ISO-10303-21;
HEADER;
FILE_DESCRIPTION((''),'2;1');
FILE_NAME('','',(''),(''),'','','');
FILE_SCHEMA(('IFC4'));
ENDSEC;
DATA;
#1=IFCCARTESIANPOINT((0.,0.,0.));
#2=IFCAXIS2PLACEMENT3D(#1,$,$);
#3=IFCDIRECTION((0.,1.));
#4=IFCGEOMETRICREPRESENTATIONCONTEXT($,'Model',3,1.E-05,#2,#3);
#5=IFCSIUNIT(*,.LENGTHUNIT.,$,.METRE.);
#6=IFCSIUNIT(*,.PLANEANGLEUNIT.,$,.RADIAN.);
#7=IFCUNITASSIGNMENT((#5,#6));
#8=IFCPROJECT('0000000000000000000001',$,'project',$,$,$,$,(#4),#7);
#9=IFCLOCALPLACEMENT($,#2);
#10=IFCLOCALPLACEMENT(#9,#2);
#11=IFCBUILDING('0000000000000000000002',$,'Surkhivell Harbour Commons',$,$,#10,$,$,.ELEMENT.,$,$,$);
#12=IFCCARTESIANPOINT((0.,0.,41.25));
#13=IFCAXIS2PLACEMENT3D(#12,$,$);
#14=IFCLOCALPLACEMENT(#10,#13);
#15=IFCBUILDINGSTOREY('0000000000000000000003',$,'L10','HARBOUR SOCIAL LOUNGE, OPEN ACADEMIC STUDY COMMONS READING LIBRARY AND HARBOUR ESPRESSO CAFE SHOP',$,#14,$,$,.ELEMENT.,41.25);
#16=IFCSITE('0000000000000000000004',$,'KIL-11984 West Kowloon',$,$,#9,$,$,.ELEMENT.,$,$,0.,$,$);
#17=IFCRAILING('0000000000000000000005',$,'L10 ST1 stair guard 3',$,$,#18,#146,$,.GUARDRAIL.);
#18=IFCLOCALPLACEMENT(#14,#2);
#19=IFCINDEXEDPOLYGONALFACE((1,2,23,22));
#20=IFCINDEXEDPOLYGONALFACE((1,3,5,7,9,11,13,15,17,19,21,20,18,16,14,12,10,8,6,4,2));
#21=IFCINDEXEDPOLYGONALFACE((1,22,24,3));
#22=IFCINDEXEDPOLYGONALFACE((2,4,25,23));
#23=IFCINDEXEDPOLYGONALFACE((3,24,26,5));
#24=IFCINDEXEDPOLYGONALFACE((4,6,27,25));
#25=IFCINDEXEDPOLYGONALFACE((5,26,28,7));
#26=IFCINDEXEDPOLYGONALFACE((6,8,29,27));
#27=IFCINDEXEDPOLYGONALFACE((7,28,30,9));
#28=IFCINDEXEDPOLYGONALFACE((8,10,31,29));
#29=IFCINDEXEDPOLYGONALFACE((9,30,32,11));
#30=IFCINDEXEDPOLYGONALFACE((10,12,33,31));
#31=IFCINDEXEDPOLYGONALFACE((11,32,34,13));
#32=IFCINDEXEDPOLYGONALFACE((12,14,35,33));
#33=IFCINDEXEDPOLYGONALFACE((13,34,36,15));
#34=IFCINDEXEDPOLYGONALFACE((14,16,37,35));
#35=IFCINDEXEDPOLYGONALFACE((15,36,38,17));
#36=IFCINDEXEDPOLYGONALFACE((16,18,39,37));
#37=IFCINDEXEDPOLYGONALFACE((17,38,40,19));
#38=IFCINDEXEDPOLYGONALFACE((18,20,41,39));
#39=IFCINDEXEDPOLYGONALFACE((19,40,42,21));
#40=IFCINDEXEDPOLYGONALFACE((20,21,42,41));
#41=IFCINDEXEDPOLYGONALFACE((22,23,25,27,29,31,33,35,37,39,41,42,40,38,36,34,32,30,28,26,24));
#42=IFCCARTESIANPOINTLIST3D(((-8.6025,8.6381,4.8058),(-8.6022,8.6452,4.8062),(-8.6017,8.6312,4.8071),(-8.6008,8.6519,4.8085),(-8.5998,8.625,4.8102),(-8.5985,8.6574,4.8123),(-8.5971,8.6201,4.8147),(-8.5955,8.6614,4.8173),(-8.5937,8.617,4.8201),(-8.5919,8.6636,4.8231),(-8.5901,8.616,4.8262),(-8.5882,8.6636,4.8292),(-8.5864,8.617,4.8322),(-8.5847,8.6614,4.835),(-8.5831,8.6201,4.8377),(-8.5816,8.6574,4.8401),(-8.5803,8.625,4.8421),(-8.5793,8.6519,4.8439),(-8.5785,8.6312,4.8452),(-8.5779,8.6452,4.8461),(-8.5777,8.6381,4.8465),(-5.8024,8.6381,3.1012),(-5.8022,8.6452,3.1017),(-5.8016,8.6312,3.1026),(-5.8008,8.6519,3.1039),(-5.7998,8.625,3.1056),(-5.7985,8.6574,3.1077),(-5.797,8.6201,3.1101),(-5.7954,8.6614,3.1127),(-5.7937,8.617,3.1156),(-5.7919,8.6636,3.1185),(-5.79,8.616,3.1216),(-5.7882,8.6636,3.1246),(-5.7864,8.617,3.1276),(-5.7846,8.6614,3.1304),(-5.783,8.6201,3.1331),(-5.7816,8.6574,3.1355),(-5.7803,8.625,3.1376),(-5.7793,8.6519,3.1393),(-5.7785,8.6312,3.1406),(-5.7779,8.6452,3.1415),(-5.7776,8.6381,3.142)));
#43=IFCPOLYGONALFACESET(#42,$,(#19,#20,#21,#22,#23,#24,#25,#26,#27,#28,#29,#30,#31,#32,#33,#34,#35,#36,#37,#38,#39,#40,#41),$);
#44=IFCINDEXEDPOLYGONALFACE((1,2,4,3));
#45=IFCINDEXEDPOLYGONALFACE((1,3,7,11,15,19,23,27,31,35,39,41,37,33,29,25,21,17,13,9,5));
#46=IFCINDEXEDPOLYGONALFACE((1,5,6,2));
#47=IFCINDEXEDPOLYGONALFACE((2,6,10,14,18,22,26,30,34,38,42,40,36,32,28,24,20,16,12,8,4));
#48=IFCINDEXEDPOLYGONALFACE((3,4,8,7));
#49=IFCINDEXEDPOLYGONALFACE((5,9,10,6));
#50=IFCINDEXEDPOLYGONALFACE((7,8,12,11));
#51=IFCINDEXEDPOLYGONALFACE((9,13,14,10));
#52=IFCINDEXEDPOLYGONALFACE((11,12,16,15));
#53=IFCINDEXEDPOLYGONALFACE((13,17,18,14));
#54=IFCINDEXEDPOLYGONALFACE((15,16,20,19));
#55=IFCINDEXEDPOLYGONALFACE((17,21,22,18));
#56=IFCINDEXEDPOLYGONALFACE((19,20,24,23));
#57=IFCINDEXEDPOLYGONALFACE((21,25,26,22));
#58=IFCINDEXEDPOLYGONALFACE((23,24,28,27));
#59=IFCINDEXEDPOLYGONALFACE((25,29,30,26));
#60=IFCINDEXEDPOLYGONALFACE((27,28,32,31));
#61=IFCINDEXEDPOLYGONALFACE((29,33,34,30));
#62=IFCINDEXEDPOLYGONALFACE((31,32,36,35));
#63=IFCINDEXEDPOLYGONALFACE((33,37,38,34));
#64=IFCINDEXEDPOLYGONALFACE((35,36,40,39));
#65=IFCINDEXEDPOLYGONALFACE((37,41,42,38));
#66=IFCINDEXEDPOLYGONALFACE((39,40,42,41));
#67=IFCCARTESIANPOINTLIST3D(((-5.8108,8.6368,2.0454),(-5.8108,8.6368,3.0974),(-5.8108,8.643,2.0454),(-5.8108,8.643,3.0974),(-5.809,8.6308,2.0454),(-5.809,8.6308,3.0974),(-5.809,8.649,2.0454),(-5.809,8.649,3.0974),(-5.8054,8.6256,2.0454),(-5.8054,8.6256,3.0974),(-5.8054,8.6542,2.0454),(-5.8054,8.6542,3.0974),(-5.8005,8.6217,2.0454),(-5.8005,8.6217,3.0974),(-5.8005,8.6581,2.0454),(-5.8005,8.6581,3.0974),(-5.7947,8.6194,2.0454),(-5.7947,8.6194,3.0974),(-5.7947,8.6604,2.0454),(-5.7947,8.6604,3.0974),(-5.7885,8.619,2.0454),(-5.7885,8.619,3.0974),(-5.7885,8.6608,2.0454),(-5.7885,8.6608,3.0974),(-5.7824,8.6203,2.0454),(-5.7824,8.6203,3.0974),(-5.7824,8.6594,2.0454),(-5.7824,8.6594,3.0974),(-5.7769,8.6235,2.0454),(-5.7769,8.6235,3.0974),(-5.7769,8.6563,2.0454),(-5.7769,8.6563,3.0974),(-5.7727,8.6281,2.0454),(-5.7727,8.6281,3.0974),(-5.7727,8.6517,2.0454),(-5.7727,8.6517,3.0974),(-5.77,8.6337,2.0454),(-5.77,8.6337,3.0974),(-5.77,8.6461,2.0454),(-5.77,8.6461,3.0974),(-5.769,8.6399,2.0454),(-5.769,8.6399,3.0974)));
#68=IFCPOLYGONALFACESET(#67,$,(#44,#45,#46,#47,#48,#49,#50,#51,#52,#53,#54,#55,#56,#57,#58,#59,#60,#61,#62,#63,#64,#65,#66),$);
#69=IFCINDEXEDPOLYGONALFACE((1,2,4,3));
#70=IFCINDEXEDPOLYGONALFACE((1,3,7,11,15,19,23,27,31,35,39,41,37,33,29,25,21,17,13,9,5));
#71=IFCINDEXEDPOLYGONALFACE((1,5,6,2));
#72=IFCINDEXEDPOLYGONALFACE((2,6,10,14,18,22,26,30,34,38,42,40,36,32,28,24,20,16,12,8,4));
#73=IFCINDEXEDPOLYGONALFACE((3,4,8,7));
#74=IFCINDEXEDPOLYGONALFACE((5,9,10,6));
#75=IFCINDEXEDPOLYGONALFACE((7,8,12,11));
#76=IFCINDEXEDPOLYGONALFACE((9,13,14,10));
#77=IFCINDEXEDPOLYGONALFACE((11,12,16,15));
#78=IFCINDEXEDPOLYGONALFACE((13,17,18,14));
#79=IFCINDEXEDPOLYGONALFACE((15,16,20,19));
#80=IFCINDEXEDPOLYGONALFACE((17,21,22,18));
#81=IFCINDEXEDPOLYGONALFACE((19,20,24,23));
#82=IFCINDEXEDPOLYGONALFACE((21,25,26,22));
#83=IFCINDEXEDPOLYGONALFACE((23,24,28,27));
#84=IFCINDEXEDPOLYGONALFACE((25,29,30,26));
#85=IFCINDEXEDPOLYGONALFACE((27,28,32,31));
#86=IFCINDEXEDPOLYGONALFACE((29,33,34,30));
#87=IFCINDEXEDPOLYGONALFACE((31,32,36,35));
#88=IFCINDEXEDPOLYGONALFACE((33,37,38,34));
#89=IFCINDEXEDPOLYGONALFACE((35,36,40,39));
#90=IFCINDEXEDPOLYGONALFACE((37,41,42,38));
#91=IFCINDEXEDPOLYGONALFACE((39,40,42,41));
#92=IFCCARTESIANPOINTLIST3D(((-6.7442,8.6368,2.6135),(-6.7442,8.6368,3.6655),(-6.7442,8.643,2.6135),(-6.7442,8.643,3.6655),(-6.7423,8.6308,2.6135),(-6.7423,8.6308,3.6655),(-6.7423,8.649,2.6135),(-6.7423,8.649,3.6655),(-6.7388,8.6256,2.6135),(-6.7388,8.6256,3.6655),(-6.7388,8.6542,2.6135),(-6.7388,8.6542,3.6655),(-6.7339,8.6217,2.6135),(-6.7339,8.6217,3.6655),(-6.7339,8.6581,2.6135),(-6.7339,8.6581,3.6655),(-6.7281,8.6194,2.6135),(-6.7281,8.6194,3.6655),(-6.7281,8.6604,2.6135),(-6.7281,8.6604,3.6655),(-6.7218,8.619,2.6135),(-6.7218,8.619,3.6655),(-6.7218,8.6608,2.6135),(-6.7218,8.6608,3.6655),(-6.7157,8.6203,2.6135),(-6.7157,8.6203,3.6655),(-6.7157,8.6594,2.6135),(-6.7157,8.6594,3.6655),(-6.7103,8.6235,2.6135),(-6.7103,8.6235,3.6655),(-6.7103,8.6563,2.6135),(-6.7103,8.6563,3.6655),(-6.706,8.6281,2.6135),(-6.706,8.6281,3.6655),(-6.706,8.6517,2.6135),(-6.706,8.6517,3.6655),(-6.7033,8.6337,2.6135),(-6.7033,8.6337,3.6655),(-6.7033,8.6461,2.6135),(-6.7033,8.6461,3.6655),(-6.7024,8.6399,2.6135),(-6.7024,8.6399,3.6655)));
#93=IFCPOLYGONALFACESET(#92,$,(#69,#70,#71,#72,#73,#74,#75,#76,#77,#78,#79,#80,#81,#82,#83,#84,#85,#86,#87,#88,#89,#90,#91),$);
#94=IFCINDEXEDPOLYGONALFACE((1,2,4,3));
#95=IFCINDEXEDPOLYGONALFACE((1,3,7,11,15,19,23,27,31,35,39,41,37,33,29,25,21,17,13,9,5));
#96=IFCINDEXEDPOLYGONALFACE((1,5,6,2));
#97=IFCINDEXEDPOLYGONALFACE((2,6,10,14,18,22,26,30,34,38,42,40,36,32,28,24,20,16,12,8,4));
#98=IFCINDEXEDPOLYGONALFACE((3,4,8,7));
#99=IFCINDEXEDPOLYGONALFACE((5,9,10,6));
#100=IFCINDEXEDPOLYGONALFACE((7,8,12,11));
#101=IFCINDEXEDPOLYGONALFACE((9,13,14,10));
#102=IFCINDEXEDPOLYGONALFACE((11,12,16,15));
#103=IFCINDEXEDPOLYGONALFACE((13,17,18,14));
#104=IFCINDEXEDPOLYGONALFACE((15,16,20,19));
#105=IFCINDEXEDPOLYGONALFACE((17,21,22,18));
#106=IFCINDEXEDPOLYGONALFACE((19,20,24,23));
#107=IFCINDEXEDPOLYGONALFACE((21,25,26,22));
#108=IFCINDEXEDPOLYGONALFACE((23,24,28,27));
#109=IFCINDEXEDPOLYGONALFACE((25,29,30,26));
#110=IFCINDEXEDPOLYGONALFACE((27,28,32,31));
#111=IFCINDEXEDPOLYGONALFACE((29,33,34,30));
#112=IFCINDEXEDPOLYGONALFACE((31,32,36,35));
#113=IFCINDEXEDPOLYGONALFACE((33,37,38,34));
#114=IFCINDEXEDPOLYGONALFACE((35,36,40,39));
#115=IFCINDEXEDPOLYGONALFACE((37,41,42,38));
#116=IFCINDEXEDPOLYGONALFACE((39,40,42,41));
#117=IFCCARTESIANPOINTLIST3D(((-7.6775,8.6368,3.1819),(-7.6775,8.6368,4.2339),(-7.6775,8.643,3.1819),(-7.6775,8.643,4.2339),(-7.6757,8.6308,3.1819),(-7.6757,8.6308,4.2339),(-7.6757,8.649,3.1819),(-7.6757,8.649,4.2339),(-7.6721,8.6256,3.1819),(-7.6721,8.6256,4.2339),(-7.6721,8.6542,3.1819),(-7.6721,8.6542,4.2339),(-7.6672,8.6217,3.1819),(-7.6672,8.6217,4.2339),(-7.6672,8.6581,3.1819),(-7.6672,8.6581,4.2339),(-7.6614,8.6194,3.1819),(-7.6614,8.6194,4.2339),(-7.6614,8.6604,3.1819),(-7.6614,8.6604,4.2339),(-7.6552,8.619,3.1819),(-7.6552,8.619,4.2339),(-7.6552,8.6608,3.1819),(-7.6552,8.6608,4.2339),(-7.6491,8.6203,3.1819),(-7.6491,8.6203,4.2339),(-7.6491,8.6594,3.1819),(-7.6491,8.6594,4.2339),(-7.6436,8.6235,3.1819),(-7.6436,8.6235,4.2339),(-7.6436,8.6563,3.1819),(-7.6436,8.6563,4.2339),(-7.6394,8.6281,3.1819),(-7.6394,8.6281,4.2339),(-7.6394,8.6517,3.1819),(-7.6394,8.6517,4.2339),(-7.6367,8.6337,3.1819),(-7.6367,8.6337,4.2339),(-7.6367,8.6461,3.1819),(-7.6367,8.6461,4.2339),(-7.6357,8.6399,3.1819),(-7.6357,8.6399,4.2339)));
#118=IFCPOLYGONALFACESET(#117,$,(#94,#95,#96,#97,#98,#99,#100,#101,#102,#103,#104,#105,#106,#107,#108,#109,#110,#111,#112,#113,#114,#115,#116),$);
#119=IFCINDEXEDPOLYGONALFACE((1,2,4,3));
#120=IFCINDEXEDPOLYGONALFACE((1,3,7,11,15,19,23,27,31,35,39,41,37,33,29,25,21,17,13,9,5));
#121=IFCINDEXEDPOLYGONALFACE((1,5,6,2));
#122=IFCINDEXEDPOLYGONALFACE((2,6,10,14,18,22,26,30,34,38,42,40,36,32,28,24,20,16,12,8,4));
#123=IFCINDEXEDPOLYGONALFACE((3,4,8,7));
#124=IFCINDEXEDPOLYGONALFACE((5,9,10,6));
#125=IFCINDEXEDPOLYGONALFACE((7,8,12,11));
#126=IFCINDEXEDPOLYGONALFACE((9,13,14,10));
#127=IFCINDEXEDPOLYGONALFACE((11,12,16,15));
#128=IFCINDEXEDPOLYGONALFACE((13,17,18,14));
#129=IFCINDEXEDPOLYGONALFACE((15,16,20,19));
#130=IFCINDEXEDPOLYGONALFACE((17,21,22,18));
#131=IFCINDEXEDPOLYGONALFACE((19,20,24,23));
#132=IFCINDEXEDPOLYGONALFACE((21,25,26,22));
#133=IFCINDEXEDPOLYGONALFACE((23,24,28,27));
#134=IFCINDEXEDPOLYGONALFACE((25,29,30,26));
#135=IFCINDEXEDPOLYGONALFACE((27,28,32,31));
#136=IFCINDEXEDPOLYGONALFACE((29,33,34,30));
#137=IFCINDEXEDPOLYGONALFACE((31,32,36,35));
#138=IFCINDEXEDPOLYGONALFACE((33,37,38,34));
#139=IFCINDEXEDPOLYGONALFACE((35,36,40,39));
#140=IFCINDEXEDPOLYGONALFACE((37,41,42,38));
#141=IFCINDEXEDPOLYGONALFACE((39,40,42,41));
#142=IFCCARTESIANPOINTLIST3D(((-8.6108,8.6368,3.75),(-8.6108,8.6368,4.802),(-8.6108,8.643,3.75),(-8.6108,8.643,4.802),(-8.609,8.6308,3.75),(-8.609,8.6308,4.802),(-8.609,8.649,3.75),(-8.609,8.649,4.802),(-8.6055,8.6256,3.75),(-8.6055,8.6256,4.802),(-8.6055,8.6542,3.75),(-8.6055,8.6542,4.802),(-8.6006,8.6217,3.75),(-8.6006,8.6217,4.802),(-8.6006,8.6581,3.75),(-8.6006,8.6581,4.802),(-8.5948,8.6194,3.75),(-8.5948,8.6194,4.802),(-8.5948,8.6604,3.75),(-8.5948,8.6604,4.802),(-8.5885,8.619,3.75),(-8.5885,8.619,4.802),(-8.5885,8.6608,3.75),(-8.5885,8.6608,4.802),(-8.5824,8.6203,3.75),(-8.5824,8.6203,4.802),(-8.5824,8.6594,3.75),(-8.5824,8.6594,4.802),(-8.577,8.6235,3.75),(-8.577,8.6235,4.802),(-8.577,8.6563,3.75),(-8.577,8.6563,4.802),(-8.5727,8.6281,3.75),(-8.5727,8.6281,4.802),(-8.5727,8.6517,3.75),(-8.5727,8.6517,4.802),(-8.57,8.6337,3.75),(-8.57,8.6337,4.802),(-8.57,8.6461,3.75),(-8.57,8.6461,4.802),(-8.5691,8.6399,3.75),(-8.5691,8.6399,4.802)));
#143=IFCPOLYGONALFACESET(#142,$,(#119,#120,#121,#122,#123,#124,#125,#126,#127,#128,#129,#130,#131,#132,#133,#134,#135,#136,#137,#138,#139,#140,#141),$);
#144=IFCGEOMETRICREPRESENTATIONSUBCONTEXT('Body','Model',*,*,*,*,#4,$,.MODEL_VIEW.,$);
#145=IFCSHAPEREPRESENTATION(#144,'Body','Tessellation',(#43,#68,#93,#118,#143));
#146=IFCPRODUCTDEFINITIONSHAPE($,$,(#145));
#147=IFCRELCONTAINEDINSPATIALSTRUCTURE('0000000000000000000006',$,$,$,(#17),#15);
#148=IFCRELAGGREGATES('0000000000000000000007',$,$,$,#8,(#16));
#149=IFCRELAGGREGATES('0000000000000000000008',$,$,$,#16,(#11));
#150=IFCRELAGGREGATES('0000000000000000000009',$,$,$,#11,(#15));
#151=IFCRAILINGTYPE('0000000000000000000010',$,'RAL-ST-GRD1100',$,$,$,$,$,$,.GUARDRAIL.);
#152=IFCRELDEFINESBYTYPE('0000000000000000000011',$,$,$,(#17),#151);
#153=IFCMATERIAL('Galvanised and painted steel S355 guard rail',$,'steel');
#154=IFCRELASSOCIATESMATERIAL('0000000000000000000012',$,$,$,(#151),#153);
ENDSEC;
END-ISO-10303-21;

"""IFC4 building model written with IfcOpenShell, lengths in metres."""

from ifc_helpers import new_model, si_unit, direction, frame, origin, origin_2d, place, context, subcontext, project, spatial, circle, extrude, material, type_object, element, save


model = new_model("IFC4")

# Units and contexts
model_context = context("Model", 3, precision=1e-05, world=origin(), true_north=direction((0.0, 1.0)))
body_context = subcontext(model_context, "Body", "Model", "MODEL_VIEW")
ifc_project = project(units=[si_unit("LENGTHUNIT", "METRE"), si_unit("PLANEANGLEUNIT", "RADIAN")], contexts=[model_context])

# Site, building, storey
site_placement = place(None, origin())
site = spatial("IfcSite", under=ifc_project, at=site_placement, Name="KIL-11984 West Kowloon", CompositionType="ELEMENT", RefElevation=0.0)
building_placement = place(site_placement, origin())
building = spatial("IfcBuilding", under=site, at=building_placement, Name="Surkhivell Harbour Commons", CompositionType="ELEMENT")
storey_placement = place(building_placement, frame((0.0, 0.0, 41.25)))
storey = spatial("IfcBuildingStorey", under=building, at=storey_placement, Name="L10", Description="HARBOUR SOCIAL LOUNGE, OPEN ACADEMIC STUDY COMMONS READING LIBRARY AND HARBOUR ESPRESSO CAFE SHOP", CompositionType="ELEMENT", Elevation=41.25)

# Railing
ifc_material_1 = material(Name="Galvanised and painted steel S355 guard rail", Category="steel")
railing_type_1 = type_object("IfcRailingType", Name="RAL-ST-GRD1100", PredefinedType="GUARDRAIL", material=ifc_material_1)
railing_1_placement = place(storey_placement, frame((-5.79, 8.6399, 2.0454)))
element("IfcRailing", 1, at=railing_1_placement, inside=storey, type_object=railing_type_1, Name="L10 ST1 stair guard 3", PredefinedType="GUARDRAIL", context=body_context, shape_type="SweptSolid", body=[
    extrude(circle(Radius=0.0239, at=origin_2d()), frame((0.0, 0.0, 1.0762), z_axis=(-0.85417, 0.0, 0.519994), x_axis=(0.0, -1.0, 0.0)), (0.0, 0.0, 1.0), 3.2781),
    extrude(circle(Radius=0.021, at=origin_2d()), origin(), (0.0, 0.0, 1.0), 1.052),
    extrude(circle(Radius=0.021, at=origin_2d()), frame((-0.9333, 0.0, 0.5681)), (0.0, 0.0, 1.0), 1.052),
    extrude(circle(Radius=0.021, at=origin_2d()), frame((-1.8667, 0.0, 1.1365)), (0.0, 0.0, 1.0), 1.052),
    extrude(circle(Radius=0.021, at=origin_2d()), frame((-2.8, 0.0, 1.7046)), (0.0, 0.0, 1.0), 1.052),
])

save(model, "model.ifc")
